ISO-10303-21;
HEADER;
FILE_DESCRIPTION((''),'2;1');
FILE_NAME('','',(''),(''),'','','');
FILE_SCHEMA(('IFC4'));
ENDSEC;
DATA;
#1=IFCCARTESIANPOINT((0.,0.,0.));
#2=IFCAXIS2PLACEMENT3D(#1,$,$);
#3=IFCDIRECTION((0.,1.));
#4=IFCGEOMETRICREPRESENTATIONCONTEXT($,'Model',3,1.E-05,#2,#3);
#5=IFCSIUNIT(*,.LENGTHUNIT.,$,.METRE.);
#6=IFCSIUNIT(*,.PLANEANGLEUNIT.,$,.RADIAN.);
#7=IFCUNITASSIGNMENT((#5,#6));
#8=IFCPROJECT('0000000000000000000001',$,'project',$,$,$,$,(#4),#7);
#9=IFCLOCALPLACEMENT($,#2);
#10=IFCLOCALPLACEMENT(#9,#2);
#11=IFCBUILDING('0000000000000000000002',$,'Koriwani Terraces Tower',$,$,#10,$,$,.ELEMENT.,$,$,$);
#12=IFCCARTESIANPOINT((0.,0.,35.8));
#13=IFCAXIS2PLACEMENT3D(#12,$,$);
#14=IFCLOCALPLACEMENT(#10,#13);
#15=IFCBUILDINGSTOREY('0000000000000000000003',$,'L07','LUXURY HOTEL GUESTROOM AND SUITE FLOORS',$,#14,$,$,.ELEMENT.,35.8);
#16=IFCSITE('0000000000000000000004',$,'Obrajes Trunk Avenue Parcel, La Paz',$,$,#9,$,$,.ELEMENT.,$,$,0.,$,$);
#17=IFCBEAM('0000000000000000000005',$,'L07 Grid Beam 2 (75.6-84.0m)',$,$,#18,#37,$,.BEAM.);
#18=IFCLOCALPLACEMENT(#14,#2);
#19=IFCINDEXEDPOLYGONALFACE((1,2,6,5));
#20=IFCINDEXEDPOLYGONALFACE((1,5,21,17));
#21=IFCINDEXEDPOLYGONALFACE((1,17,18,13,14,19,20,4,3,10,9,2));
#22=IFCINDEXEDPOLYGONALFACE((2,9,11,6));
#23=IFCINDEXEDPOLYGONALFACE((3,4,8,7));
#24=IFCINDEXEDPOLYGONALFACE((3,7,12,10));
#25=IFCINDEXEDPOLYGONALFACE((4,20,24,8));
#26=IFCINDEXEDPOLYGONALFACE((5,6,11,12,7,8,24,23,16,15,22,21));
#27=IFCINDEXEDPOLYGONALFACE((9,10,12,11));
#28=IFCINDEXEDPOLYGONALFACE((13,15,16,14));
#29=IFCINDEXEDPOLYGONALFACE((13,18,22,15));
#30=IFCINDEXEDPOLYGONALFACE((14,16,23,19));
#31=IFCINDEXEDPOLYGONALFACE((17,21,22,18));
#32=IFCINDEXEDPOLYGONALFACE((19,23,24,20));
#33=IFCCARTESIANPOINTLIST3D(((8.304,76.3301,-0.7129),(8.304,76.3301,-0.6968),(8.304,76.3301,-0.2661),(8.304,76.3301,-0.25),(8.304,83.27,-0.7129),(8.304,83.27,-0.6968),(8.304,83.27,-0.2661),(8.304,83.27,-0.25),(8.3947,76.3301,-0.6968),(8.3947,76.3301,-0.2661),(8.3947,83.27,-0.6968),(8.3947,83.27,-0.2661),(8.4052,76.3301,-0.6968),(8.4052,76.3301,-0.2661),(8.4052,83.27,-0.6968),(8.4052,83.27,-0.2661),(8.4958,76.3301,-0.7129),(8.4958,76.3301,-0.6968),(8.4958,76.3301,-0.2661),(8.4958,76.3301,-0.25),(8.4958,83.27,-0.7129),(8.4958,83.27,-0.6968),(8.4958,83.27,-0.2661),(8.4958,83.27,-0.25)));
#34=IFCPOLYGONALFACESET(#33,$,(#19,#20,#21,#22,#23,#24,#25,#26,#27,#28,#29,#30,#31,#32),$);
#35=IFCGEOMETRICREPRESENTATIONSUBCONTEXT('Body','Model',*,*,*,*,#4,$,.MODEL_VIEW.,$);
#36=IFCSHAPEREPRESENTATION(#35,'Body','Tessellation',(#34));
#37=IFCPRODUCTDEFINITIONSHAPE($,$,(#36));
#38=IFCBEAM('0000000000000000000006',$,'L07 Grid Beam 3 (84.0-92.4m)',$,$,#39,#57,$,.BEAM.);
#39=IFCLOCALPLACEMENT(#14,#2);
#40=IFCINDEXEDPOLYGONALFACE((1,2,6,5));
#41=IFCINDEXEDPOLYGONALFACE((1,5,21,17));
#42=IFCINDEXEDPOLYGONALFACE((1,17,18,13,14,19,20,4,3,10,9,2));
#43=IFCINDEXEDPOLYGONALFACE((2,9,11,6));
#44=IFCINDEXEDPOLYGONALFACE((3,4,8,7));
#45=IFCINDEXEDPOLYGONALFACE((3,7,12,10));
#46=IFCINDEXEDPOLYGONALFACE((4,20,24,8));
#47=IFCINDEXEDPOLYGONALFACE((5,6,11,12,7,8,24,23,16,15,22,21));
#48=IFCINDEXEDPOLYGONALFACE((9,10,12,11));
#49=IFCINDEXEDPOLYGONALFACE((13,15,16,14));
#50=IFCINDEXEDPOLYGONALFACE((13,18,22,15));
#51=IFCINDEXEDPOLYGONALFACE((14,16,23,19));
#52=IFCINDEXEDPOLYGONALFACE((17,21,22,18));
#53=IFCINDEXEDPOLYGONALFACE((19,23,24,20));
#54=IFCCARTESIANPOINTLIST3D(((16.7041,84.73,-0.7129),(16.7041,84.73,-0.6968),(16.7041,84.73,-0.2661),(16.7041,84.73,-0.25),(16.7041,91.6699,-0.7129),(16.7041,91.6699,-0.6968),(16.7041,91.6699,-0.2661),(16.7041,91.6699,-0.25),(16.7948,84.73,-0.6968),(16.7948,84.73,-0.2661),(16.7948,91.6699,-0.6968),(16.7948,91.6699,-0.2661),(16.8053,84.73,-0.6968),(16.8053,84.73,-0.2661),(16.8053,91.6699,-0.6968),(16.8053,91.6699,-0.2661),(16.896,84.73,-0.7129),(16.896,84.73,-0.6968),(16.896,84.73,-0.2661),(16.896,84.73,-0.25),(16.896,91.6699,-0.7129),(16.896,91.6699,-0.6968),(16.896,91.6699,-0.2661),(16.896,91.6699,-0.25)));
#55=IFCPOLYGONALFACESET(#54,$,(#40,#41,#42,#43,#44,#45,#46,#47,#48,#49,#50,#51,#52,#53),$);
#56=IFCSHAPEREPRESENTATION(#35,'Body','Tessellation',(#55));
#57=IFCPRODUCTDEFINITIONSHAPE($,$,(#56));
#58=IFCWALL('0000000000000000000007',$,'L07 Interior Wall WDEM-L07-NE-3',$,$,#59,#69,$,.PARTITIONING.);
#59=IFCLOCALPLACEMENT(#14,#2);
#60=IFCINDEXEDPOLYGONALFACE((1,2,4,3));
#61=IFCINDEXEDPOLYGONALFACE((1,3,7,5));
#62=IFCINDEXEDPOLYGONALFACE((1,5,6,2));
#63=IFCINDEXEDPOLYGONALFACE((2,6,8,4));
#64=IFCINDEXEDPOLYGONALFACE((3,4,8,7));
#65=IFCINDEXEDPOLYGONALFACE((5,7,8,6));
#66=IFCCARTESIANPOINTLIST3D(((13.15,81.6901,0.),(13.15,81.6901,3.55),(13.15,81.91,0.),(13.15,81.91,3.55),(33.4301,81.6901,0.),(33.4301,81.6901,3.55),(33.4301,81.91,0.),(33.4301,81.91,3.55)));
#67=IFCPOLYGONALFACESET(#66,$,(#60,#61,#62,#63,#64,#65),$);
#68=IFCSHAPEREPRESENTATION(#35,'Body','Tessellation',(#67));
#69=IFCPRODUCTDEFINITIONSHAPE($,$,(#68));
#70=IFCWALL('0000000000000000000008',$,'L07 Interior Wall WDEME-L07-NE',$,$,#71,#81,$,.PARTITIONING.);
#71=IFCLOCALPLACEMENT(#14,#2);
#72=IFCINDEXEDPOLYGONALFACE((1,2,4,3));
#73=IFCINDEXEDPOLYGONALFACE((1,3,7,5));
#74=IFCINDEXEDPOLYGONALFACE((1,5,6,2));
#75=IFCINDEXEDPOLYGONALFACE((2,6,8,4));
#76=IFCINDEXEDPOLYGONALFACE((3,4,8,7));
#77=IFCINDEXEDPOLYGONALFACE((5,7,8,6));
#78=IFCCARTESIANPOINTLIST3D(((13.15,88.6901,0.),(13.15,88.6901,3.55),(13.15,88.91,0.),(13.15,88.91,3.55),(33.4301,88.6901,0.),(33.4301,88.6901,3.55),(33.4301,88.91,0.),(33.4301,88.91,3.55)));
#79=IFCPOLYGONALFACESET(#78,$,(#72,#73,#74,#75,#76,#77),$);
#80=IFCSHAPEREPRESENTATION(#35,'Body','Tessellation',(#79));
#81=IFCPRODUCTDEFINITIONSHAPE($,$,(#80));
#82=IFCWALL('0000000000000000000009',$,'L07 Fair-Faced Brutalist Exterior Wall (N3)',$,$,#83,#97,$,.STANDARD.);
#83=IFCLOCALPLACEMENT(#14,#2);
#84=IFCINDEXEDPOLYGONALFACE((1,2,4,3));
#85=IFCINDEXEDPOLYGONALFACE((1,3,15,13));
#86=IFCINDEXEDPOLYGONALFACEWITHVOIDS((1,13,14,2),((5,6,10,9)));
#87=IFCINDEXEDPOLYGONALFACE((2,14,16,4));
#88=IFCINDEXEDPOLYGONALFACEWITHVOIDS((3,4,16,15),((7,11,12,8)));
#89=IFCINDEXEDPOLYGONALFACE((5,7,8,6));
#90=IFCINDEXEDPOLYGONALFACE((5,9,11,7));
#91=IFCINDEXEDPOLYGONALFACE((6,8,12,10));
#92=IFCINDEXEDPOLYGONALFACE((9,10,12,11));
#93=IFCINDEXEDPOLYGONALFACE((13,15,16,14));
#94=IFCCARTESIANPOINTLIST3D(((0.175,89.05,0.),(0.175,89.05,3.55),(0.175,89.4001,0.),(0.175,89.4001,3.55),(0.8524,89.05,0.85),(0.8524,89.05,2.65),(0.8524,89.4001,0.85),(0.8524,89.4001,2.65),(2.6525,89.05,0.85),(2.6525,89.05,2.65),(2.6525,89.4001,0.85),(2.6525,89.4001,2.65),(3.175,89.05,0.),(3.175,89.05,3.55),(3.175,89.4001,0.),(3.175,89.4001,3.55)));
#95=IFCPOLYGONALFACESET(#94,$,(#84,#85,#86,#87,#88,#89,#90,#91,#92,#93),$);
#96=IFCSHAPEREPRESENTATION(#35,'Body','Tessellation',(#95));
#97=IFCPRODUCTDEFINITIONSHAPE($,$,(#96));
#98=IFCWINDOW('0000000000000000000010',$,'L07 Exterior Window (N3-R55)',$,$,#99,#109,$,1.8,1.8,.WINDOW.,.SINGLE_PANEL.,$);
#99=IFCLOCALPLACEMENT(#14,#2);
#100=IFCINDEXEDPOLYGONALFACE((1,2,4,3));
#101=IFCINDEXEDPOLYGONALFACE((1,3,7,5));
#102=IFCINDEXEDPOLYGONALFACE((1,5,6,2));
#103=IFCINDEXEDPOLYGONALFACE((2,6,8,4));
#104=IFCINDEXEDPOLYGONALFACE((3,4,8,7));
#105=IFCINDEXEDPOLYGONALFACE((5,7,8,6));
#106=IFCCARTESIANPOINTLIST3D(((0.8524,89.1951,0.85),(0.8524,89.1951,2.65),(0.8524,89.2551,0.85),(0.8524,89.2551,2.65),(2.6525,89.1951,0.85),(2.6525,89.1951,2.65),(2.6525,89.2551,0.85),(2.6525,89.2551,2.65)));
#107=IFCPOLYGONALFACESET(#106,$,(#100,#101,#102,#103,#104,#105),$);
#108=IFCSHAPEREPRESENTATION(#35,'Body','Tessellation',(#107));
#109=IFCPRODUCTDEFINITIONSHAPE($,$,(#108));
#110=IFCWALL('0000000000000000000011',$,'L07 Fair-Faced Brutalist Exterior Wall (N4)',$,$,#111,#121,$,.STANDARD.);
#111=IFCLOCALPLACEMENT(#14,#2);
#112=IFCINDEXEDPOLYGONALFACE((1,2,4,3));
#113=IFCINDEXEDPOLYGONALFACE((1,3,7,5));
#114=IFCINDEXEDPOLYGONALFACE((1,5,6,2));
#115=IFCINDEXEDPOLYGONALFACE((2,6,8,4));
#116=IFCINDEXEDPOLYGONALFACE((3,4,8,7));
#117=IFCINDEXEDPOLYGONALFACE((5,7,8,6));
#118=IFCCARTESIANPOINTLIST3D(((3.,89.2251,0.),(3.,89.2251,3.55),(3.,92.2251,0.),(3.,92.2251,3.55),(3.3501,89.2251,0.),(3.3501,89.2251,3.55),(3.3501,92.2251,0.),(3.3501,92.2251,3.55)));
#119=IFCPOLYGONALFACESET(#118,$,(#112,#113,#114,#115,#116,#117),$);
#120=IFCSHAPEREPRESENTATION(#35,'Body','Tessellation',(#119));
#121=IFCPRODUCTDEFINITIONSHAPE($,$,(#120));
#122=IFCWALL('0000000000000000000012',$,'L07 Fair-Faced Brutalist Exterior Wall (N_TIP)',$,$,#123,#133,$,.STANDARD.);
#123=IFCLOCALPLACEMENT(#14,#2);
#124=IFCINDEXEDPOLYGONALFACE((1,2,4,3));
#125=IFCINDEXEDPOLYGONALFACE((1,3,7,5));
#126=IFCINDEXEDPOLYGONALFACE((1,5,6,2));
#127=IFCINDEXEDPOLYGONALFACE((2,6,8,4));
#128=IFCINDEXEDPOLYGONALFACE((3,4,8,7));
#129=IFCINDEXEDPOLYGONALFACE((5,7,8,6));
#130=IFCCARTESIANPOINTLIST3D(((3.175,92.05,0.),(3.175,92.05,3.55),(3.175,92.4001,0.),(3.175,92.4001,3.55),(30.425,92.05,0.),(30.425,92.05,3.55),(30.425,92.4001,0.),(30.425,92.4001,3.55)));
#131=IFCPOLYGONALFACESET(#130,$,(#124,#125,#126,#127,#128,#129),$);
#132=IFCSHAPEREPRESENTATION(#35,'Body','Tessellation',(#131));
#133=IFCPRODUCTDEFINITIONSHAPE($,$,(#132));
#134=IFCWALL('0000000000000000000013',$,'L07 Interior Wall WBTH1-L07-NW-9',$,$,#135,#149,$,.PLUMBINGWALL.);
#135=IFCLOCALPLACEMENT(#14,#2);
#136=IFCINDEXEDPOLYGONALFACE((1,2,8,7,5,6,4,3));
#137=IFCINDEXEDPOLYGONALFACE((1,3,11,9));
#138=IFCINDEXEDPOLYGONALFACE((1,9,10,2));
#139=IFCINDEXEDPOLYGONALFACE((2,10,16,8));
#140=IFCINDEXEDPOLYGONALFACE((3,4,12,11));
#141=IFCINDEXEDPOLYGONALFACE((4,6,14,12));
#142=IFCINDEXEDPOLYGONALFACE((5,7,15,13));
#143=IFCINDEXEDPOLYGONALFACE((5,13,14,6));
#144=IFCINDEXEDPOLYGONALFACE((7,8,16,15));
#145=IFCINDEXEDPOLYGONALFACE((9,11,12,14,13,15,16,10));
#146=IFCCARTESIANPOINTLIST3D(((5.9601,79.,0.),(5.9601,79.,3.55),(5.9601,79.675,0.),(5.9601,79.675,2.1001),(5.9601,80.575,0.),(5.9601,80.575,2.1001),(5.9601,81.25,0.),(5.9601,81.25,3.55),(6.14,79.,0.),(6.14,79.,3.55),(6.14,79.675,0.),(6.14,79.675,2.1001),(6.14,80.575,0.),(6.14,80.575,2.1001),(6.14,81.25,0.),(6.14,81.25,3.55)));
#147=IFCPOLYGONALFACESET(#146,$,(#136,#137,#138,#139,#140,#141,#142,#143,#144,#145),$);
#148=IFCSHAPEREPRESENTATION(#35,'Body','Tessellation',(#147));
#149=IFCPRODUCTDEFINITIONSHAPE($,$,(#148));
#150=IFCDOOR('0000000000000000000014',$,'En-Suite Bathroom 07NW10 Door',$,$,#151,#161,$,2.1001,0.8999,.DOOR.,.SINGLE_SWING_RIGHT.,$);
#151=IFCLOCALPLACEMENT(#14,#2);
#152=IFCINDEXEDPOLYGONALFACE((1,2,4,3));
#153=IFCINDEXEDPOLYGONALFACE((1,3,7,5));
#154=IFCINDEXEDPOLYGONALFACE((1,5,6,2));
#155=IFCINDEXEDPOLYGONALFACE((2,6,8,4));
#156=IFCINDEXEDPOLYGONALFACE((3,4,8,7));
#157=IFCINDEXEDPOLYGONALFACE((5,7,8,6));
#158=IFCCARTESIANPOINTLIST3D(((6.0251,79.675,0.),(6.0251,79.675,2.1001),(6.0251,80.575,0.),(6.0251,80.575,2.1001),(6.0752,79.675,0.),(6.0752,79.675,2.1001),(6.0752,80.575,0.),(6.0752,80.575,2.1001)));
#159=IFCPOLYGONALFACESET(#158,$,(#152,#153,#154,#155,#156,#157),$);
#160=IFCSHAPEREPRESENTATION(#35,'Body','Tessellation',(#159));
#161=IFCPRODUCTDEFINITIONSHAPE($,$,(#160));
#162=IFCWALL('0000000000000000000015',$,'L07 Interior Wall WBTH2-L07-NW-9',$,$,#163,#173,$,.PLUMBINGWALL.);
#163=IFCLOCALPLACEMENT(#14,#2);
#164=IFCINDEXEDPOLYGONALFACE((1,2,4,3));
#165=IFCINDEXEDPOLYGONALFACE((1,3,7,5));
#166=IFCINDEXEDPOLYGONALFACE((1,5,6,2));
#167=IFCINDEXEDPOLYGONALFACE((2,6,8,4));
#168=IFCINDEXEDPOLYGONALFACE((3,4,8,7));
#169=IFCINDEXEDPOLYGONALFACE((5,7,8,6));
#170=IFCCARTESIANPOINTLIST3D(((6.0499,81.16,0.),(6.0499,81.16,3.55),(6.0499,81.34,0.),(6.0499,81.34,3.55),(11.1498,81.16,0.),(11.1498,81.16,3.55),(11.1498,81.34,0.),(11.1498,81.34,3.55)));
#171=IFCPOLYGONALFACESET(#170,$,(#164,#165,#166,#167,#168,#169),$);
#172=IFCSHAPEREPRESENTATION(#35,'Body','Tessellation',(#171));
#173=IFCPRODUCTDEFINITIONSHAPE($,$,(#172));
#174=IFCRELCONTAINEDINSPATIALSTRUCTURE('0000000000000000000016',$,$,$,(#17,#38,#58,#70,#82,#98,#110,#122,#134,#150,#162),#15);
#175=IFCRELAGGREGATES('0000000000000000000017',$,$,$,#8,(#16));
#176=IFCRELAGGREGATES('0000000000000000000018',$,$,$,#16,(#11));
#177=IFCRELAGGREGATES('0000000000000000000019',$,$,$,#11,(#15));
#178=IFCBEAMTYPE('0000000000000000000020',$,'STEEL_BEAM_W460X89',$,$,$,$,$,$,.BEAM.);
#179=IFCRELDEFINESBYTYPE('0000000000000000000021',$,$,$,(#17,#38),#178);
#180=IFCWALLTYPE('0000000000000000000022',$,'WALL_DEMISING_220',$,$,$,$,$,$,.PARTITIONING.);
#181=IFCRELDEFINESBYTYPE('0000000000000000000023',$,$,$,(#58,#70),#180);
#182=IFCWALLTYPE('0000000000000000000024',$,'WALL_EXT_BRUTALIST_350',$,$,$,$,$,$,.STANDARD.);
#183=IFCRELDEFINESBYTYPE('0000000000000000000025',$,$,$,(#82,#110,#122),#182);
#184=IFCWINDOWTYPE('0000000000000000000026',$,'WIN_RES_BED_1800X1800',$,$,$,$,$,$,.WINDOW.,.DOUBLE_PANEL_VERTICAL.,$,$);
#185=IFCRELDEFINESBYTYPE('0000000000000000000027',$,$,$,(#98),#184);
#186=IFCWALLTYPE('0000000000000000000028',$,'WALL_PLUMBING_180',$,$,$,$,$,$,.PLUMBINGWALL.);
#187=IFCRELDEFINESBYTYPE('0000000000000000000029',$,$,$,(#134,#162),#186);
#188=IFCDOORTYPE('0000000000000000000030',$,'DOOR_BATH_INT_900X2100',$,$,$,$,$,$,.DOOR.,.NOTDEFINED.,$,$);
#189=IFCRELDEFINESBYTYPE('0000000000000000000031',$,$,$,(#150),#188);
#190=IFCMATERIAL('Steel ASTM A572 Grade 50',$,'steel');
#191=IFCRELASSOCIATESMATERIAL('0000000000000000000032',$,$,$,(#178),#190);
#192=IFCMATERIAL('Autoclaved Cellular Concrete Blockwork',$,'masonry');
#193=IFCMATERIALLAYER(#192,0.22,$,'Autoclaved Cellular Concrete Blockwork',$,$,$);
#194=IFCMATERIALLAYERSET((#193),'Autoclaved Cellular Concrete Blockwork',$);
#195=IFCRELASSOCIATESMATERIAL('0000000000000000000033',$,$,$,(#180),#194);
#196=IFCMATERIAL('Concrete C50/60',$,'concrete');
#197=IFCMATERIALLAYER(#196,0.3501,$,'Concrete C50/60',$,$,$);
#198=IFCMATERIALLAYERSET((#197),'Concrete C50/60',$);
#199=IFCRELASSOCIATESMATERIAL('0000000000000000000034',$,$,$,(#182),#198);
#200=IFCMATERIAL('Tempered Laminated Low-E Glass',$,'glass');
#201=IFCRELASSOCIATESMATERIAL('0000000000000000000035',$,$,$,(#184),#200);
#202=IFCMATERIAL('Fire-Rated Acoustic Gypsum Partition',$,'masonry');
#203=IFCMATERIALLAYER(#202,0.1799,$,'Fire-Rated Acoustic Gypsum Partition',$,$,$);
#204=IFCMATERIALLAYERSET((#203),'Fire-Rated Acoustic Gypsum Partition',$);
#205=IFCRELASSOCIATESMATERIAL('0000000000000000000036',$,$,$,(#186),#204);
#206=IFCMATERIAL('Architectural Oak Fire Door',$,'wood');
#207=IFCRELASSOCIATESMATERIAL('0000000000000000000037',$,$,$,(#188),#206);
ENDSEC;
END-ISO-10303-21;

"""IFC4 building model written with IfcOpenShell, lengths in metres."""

from ifc_helpers import new_model, si_unit, direction, frame, frame_2d, origin, origin_2d, place, context, subcontext, project, spatial, rectangle, i_section, extrude, material, layer, layer_set, material_profile, profile_set, type_object, element, fill, save


model = new_model("IFC4")

# Units and contexts
model_context = context("Model", 3, precision=1e-05, world=origin(), true_north=direction((0.0, 1.0)))
body_context = subcontext(model_context, "Body", "Model", "MODEL_VIEW")
ifc_project = project(units=[si_unit("LENGTHUNIT", "METRE"), si_unit("PLANEANGLEUNIT", "RADIAN")], contexts=[model_context])

# Site, building, storey
site_placement = place(None, origin())
site = spatial("IfcSite", under=ifc_project, at=site_placement, Name="Obrajes Trunk Avenue Parcel, La Paz", CompositionType="ELEMENT", RefElevation=0.0)
building_placement = place(site_placement, origin())
building = spatial("IfcBuilding", under=site, at=building_placement, Name="Koriwani Terraces Tower", CompositionType="ELEMENT")
storey_placement = place(building_placement, frame((0.0, 0.0, 35.8)))
storey = spatial("IfcBuildingStorey", under=building, at=storey_placement, Name="L07", Description="LUXURY HOTEL GUESTROOM AND SUITE FLOORS", CompositionType="ELEMENT", Elevation=35.8)

# Beams
ifc_material_1 = material(Name="Concrete C50/60", Category="concrete")
ifc_material_2 = material(Name="Steel ASTM A572 Grade 50", Category="steel")
ifc_material_profile_1 = material_profile(ifc_material_2, i_section(OverallWidth=0.1919, OverallDepth=0.4629, WebThickness=0.0105, FlangeThickness=0.0161, at=origin_2d()), Name="Steel ASTM A572 Grade 50", Category="LoadBearing")
ifc_profile_set_1 = profile_set([ifc_material_profile_1], Name="Steel ASTM A572 Grade 50")
beam_type_1 = type_object("IfcBeamType", Name="STEEL_BEAM_W460X89", PredefinedType="BEAM", material=ifc_profile_set_1)
for number, where, z_axis, x_axis, name in (
    (1, (8.3999, 76.3301, -0.4814), (0.0, 1.0, 0.0), (-1.0, 0.0, 0.0), "L07 Grid Beam 2 (75.6-84.0m)"),
    (2, (16.8, 84.73, -0.4814), (0.0, 1.0, 0.0), (-1.0, 0.0, 0.0), "L07 Grid Beam 3 (84.0-92.4m)"),
):
    element("IfcBeam", number, at=place(storey_placement, frame(where, z_axis=z_axis, x_axis=x_axis)), inside=storey, type_object=beam_type_1, Name=name, PredefinedType="BEAM", context=body_context, shape_type="SweptSolid", body=[
        extrude(i_section(OverallWidth=0.1919, OverallDepth=0.4629, WebThickness=0.0105, FlangeThickness=0.0161, at=origin_2d()), origin(), (0.0, 0.0, 1.0), 6.9399),
    ])

# Walls
ifc_material_3 = material(Name="Autoclaved Cellular Concrete Blockwork", Category="masonry")
ifc_layer_1 = layer(ifc_material_3, 0.22, Name="Autoclaved Cellular Concrete Blockwork")
ifc_layer_set_1 = layer_set([ifc_layer_1], Name="Autoclaved Cellular Concrete Blockwork")
wall_type_1 = type_object("IfcWallType", Name="WALL_DEMISING_220", PredefinedType="PARTITIONING", material=ifc_layer_set_1)
for number, where, z_axis, x_axis, name in (
    (3, (13.1499, 81.8, 0.0), (0.0, 0.0, 1.0), (1.0, 0.0, 0.0), "L07 Interior Wall WDEM-L07-NE-3"),
    (4, (13.1499, 88.8, 0.0), (0.0, 0.0, 1.0), (1.0, 0.0, 0.0), "L07 Interior Wall WDEME-L07-NE"),
):
    element("IfcWall", number, at=place(storey_placement, frame(where, z_axis=z_axis, x_axis=x_axis)), inside=storey, type_object=wall_type_1, Name=name, PredefinedType="PARTITIONING", context=body_context, shape_type="SweptSolid", body=[
        extrude(rectangle(XDim=20.28, YDim=0.22, at=frame_2d((10.1401, 0.0))), origin(), (0.0, 0.0, 1.0), 3.55),
    ])

# Wall, opening, window
ifc_layer_2 = layer(ifc_material_1, 0.3501, Name="Concrete C50/60")
ifc_layer_set_2 = layer_set([ifc_layer_2], Name="Concrete C50/60")
wall_type_2 = type_object("IfcWallType", Name="WALL_EXT_BRUTALIST_350", PredefinedType="STANDARD", material=ifc_layer_set_2)
wall_1_placement = place(storey_placement, frame((0.175, 89.2251, 0.0), z_axis=(0.0, 0.0, 1.0), x_axis=(1.0, 0.0, 0.0)))
wall_1 = element("IfcWall", 5, at=wall_1_placement, inside=storey, type_object=wall_type_2, Name="L07 Fair-Faced Brutalist Exterior Wall (N3)", PredefinedType="STANDARD", context=body_context, shape_type="SweptSolid", body=[
    extrude(rectangle(XDim=3.0, YDim=0.3501, at=frame_2d((1.5, 0.0))), origin(), (0.0, 0.0, 1.0), 3.55),
])
opening_1_placement = place(wall_1_placement, frame((0.6775, 0.0, 0.8501)))
opening_1 = element("IfcOpeningElement", 6, at=opening_1_placement, cuts=wall_1, PredefinedType="OPENING", context=body_context, shape_type="SweptSolid", body=[
    extrude(rectangle(XDim=1.8, YDim=1.8, at=frame_2d((0.8999, 0.8999))), frame((0.0, 0.1851, 0.0), z_axis=(0.0, -1.0, 0.0), x_axis=(1.0, 0.0, 0.0)), (0.0, 0.0, 1.0), 0.3701),
])
ifc_material_4 = material(Name="Tempered Laminated Low-E Glass", Category="glass")
window_type = type_object("IfcWindowType", Name="WIN_RES_BED_1800X1800", PartitioningType="DOUBLE_PANEL_VERTICAL", PredefinedType="WINDOW", material=ifc_material_4)
window_placement = place(opening_1_placement, origin())
window = element("IfcWindow", 7, at=window_placement, inside=storey, type_object=window_type, Name="L07 Exterior Window (N3-R55)", OverallHeight=1.8, OverallWidth=1.8, PartitioningType="SINGLE_PANEL", PredefinedType="WINDOW", context=body_context, shape_type="SweptSolid", body=[
    extrude(rectangle(XDim=1.8, YDim=1.8, at=frame_2d((0.8999, 0.8999))), frame((0.0, 0.03, 0.0), z_axis=(0.0, -1.0, 0.0), x_axis=(1.0, 0.0, 0.0)), (0.0, 0.0, 1.0), 0.0601),
])
fill(opening_1, window)

# Walls
wall_2_placement = place(storey_placement, frame((3.175, 89.2251, 0.0), z_axis=(0.0, 0.0, 1.0), x_axis=(0.0, 1.0, 0.0)))
element("IfcWall", 8, at=wall_2_placement, inside=storey, type_object=wall_type_2, Name="L07 Fair-Faced Brutalist Exterior Wall (N4)", PredefinedType="STANDARD", context=body_context, shape_type="SweptSolid", body=[
    extrude(rectangle(XDim=3.0, YDim=0.3501, at=frame_2d((1.5, 0.0))), origin(), (0.0, 0.0, 1.0), 3.55),
])
wall_3_placement = place(storey_placement, frame((3.175, 92.2251, 0.0), z_axis=(0.0, 0.0, 1.0), x_axis=(1.0, 0.0, 0.0)))
element("IfcWall", 9, at=wall_3_placement, inside=storey, type_object=wall_type_2, Name="L07 Fair-Faced Brutalist Exterior Wall (N_TIP)", PredefinedType="STANDARD", context=body_context, shape_type="SweptSolid", body=[
    extrude(rectangle(XDim=27.25, YDim=0.3501, at=frame_2d((13.625, 0.0))), origin(), (0.0, 0.0, 1.0), 3.55),
])

# Wall, opening, door
ifc_material_5 = material(Name="Fire-Rated Acoustic Gypsum Partition", Category="masonry")
ifc_layer_3 = layer(ifc_material_5, 0.1799, Name="Fire-Rated Acoustic Gypsum Partition")
ifc_layer_set_3 = layer_set([ifc_layer_3], Name="Fire-Rated Acoustic Gypsum Partition")
wall_type_3 = type_object("IfcWallType", Name="WALL_PLUMBING_180", PredefinedType="PLUMBINGWALL", material=ifc_layer_set_3)
wall_4_placement = place(storey_placement, frame((6.05, 79.0, 0.0), z_axis=(0.0, 0.0, 1.0), x_axis=(0.0, 1.0, 0.0)))
wall_4 = element("IfcWall", 10, at=wall_4_placement, inside=storey, type_object=wall_type_3, Name="L07 Interior Wall WBTH1-L07-NW-9", PredefinedType="PLUMBINGWALL", context=body_context, shape_type="SweptSolid", body=[
    extrude(rectangle(XDim=2.25, YDim=0.1799, at=frame_2d((1.125, 0.0))), origin(), (0.0, 0.0, 1.0), 3.55),
])
opening_2_placement = place(wall_4_placement, frame((0.675, 0.0, 0.0)))
opening_2 = element("IfcOpeningElement", 11, at=opening_2_placement, cuts=wall_4, PredefinedType="OPENING", context=body_context, shape_type="SweptSolid", body=[
    extrude(rectangle(XDim=0.8999, YDim=2.1001, at=frame_2d((0.45, 1.05))), frame((0.0, 0.1001, 0.0), z_axis=(0.0, -1.0, 0.0), x_axis=(1.0, 0.0, 0.0)), (0.0, 0.0, 1.0), 0.2),
])
ifc_material_6 = material(Name="Architectural Oak Fire Door", Category="wood")
door_type = type_object("IfcDoorType", Name="DOOR_BATH_INT_900X2100", OperationType="NOTDEFINED", PredefinedType="DOOR", material=ifc_material_6)
door_1_placement = place(opening_2_placement, origin())
door_1 = element("IfcDoor", 12, at=door_1_placement, inside=storey, type_object=door_type, Name="En-Suite Bathroom 07NW10 Door", OperationType="SINGLE_SWING_RIGHT", OverallHeight=2.1001, OverallWidth=0.8999, PredefinedType="DOOR", context=body_context, shape_type="SweptSolid", body=[
    extrude(rectangle(XDim=0.8999, YDim=2.1001, at=frame_2d((0.45, 1.05))), frame((0.0, 0.0249, 0.0), z_axis=(0.0, -1.0, 0.0), x_axis=(1.0, 0.0, 0.0)), (0.0, 0.0, 1.0), 0.05),
])
fill(opening_2, door_1)

# Wall
wall_5_placement = place(storey_placement, frame((6.05, 81.25, 0.0), z_axis=(0.0, 0.0, 1.0), x_axis=(1.0, 0.0, 0.0)))
element("IfcWall", 13, at=wall_5_placement, inside=storey, type_object=wall_type_3, Name="L07 Interior Wall WBTH2-L07-NW-9", PredefinedType="PLUMBINGWALL", context=body_context, shape_type="SweptSolid", body=[
    extrude(rectangle(XDim=5.0999, YDim=0.1799, at=frame_2d((2.5498, 0.0))), origin(), (0.0, 0.0, 1.0), 3.55),
])

save(model, "model.ifc")
